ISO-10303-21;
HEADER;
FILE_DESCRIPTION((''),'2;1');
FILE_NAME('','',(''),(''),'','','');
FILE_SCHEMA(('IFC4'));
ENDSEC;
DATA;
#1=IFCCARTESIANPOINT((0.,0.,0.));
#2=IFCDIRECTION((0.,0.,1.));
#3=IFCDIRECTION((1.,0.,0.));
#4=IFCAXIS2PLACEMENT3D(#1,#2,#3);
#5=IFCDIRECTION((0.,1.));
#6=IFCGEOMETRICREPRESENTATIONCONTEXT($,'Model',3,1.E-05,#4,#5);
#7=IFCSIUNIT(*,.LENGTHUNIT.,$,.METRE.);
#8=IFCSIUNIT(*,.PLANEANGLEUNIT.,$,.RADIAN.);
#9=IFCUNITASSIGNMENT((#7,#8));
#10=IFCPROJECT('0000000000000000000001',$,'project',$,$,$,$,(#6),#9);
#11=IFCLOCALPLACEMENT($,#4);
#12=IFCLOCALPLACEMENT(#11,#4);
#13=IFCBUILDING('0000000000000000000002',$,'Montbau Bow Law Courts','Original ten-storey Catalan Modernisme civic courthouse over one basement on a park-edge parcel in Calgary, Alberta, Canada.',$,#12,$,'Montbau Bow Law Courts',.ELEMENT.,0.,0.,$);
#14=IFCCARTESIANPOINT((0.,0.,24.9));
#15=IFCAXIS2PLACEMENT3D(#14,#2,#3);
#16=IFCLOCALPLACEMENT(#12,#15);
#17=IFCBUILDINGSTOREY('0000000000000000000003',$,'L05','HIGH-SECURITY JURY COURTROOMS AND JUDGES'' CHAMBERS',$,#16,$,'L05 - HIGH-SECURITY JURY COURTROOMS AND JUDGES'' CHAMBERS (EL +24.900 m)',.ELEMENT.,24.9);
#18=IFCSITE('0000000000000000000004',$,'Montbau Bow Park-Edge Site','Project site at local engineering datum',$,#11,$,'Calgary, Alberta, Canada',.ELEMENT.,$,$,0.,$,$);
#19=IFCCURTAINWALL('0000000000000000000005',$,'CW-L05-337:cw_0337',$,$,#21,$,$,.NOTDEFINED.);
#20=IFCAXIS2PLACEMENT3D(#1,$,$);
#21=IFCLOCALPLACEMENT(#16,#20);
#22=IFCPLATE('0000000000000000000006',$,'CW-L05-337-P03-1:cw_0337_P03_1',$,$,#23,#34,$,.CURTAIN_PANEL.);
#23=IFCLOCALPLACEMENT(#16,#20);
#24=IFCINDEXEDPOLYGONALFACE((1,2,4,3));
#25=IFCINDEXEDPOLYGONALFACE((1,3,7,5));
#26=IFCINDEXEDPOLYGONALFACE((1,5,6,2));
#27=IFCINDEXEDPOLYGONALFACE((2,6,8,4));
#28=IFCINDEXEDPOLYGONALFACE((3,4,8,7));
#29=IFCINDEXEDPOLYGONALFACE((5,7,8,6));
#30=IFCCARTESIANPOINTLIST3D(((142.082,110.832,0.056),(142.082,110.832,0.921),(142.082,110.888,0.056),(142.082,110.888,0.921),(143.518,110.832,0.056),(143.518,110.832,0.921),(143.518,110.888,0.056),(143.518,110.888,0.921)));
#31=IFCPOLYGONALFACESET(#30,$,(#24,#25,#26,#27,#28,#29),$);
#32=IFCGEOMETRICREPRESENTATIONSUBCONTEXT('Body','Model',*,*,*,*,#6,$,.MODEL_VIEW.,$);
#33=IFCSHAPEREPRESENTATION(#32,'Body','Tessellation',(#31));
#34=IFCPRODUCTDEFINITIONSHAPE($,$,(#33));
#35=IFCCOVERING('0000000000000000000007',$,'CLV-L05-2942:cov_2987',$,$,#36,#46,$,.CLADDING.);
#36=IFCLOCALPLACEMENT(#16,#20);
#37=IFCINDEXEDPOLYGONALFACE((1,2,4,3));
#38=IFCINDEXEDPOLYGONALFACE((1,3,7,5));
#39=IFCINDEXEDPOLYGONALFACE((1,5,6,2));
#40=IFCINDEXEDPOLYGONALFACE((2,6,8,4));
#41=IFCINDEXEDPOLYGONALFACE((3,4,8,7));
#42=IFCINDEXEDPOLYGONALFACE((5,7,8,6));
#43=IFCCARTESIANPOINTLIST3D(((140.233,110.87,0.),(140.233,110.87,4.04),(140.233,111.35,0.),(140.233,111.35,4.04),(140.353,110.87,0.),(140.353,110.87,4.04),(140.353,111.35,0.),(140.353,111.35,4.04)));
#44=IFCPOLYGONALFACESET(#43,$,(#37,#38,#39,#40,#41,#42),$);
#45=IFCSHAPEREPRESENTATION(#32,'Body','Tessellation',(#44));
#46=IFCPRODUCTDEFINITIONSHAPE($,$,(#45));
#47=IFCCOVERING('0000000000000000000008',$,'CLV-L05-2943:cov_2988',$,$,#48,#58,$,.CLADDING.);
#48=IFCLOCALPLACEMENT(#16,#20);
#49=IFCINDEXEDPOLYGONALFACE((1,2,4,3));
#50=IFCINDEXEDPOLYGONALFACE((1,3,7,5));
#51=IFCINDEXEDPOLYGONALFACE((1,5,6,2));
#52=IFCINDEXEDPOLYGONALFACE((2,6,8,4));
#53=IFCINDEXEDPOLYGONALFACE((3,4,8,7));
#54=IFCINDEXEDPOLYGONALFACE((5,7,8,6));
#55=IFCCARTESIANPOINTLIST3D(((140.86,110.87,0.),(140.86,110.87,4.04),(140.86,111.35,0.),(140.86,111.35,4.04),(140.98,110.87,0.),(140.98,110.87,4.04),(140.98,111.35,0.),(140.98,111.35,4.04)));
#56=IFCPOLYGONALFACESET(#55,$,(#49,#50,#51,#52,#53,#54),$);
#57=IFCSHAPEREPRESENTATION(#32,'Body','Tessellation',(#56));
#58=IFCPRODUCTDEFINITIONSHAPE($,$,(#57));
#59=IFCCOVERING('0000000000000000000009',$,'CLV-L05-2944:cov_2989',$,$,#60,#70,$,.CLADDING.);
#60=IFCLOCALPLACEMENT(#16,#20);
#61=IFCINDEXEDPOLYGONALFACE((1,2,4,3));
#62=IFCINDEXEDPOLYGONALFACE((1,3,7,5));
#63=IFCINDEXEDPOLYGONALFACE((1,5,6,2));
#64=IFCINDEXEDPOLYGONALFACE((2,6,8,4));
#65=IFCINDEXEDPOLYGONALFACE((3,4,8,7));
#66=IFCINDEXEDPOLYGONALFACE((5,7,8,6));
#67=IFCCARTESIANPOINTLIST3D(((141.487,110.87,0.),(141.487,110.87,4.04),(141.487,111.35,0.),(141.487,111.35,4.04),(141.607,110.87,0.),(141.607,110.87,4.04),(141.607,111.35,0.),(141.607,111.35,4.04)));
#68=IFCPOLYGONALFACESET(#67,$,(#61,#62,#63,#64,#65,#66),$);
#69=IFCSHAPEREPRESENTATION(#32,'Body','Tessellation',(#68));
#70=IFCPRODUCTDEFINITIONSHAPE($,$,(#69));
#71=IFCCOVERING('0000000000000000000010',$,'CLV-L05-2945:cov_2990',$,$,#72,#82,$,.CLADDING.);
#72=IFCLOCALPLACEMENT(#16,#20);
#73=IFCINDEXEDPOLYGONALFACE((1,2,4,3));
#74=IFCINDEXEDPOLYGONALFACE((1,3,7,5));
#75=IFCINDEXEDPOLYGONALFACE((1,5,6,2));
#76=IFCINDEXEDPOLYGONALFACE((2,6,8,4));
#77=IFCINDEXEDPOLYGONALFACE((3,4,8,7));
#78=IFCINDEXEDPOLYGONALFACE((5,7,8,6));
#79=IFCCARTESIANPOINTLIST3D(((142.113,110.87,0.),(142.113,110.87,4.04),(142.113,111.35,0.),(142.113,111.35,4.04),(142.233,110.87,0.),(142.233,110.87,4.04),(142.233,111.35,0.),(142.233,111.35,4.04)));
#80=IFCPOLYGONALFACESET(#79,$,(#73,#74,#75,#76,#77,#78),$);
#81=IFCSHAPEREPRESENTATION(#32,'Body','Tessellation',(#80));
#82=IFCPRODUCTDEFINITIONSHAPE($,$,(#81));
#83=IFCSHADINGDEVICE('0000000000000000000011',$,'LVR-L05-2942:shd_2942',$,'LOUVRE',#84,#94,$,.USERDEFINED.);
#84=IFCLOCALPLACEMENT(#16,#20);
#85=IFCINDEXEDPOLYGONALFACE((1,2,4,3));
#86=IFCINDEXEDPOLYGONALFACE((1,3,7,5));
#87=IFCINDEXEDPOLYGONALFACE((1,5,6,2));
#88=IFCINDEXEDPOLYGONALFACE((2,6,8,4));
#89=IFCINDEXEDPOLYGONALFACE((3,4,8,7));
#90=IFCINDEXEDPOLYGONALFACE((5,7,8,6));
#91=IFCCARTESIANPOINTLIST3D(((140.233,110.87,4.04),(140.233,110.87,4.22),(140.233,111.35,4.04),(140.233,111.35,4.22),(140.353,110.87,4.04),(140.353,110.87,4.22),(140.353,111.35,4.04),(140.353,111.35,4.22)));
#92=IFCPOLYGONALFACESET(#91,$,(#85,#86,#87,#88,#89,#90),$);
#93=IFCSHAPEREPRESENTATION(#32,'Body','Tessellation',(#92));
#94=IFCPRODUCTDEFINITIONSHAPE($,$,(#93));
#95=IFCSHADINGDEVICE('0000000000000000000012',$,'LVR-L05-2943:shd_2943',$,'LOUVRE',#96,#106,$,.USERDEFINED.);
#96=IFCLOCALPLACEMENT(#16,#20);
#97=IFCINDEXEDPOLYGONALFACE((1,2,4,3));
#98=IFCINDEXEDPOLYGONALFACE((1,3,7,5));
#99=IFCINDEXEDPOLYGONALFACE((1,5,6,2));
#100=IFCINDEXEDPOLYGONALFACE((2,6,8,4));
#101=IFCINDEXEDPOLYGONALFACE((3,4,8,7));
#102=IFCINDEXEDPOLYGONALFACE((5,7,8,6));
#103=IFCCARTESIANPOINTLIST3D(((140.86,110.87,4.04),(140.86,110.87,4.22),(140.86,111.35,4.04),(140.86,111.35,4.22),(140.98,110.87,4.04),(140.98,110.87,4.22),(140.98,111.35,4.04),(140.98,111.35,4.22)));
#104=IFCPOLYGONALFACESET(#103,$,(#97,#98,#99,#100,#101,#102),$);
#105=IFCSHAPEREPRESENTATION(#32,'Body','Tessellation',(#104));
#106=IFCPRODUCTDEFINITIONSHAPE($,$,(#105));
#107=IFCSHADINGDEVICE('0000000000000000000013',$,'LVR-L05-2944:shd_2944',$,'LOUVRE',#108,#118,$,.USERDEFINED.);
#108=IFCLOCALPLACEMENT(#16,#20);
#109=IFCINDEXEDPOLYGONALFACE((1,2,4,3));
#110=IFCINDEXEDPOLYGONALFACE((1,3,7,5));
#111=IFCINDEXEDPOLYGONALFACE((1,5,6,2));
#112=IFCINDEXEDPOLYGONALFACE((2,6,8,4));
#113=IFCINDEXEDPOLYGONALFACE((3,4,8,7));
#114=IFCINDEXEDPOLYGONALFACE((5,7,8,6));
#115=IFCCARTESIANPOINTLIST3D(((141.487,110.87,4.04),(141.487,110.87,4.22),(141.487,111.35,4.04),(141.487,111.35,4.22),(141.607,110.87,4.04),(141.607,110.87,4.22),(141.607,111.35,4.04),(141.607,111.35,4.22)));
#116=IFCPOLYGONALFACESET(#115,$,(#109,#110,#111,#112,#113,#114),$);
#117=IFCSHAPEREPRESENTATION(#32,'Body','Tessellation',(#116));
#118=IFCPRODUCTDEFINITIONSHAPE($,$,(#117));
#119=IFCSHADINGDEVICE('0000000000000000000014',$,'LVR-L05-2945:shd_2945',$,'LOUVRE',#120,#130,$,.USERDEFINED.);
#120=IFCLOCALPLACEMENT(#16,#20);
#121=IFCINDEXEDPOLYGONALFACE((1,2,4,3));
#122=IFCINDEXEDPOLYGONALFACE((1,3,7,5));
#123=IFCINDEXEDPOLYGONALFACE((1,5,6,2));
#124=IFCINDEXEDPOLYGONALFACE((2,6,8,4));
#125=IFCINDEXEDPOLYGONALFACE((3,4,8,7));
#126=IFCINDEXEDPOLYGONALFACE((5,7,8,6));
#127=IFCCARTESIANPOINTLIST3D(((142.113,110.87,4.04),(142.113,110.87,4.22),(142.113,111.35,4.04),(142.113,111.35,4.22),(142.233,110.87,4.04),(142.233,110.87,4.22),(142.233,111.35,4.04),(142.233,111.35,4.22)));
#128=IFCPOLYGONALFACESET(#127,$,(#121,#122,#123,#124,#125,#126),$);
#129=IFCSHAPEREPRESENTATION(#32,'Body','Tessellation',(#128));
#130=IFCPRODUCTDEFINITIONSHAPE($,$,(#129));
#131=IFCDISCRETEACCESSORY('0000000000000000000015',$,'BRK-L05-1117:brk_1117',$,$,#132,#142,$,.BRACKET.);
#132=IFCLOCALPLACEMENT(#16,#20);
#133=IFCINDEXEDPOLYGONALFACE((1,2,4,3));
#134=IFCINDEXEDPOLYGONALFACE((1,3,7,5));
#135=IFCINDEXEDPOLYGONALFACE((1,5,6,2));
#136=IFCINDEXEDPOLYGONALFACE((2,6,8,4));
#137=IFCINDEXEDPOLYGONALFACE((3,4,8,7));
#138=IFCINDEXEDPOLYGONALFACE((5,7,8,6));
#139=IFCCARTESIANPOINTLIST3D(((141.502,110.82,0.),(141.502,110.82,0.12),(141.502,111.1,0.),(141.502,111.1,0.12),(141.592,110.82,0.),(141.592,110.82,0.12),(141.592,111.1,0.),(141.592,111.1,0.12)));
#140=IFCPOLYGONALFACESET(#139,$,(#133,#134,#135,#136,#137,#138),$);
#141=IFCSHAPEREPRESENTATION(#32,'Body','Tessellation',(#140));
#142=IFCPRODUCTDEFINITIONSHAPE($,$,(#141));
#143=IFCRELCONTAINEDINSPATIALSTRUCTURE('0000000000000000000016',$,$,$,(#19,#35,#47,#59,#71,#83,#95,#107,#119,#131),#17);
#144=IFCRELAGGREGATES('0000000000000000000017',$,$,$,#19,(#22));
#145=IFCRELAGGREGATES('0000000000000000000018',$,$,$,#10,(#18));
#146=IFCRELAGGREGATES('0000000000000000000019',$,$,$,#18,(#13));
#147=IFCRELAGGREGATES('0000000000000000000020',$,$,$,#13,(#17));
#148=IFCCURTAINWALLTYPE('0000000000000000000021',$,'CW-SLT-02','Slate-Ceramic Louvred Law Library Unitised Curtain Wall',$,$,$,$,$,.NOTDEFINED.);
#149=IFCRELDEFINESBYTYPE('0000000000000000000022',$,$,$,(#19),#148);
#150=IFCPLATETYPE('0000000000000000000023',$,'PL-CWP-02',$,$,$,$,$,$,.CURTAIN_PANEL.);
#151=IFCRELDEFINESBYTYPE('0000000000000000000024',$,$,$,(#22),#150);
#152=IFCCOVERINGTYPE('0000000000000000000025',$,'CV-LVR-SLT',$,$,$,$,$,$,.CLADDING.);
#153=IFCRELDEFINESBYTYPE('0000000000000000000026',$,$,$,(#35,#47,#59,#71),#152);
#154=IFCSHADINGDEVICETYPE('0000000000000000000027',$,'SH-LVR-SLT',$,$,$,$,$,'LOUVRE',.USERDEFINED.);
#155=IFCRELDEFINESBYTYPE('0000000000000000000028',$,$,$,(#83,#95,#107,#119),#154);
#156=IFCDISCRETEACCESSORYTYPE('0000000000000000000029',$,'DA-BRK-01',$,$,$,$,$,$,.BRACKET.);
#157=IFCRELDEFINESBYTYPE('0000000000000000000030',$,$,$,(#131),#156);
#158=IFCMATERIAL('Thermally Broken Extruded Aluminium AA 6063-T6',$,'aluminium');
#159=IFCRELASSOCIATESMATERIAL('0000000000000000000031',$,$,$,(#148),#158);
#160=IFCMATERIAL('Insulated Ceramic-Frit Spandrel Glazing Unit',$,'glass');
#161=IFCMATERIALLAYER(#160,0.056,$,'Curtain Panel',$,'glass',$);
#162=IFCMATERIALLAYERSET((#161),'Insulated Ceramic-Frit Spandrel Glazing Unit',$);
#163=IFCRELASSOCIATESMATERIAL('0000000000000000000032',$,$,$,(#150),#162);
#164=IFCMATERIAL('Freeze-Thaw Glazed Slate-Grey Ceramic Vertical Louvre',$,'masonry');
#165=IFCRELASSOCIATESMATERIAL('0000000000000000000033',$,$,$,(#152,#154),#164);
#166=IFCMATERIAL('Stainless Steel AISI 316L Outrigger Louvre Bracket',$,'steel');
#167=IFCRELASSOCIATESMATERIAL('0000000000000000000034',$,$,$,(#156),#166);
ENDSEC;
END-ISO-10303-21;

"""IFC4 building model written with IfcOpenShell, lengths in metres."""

from ifc_helpers import new_model, si_unit, direction, frame, frame_2d, origin_with_axes, origin_2d_with_axis, place, context, subcontext, project, spatial, rectangle, extrude, material, layer, layer_set, type_object, element, aggregate, save


model = new_model("IFC4")

# Units and contexts
model_context = context("Model", 3, precision=1e-05, world=origin_with_axes(), true_north=direction((0.0, 1.0)))
body_context = subcontext(model_context, "Body", "Model", "MODEL_VIEW")
ifc_project = project(units=[si_unit("LENGTHUNIT", "METRE"), si_unit("PLANEANGLEUNIT", "RADIAN")], contexts=[model_context])

# Site, building, storey
site_placement = place(None, origin_with_axes())
site = spatial("IfcSite", under=ifc_project, at=site_placement, Name="Montbau Bow Park-Edge Site", Description="Project site at local engineering datum", LongName="Calgary, Alberta, Canada", CompositionType="ELEMENT", RefElevation=0.0)
building_placement = place(site_placement, origin_with_axes())
building = spatial("IfcBuilding", under=site, at=building_placement, Name="Montbau Bow Law Courts", Description="Original ten-storey Catalan Modernisme civic courthouse over one basement on a park-edge parcel in Calgary, Alberta, Canada.", LongName="Montbau Bow Law Courts", CompositionType="ELEMENT", ElevationOfRefHeight=0.0, ElevationOfTerrain=0.0)
storey_placement = place(building_placement, frame((0.0, 0.0, 24.9), z_axis=(0.0, 0.0, 1.0), x_axis=(1.0, 0.0, 0.0)))
storey = spatial("IfcBuildingStorey", under=building, at=storey_placement, Name="L05", Description="HIGH-SECURITY JURY COURTROOMS AND JUDGES' CHAMBERS", LongName="L05 - HIGH-SECURITY JURY COURTROOMS AND JUDGES' CHAMBERS (EL +24.900 m)", CompositionType="ELEMENT", Elevation=24.9)

# Curtain wall, plate
ifc_material_1 = material(Name="Thermally Broken Extruded Aluminium AA 6063-T6", Category="aluminium")
curtain_wall_type = type_object("IfcCurtainWallType", Name="CW-SLT-02", Description="Slate-Ceramic Louvred Law Library Unitised Curtain Wall", PredefinedType="NOTDEFINED", material=ifc_material_1)
curtain_wall_placement = place(None, frame((139.04, 110.86, 24.9), z_axis=(0.0, 0.0, 1.0), x_axis=(1.0, 0.0, 0.0)))
curtain_wall = element("IfcCurtainWall", 1, at=curtain_wall_placement, inside=storey, type_object=curtain_wall_type, Name="CW-L05-337:cw_0337", PredefinedType="NOTDEFINED")
ifc_material_2 = material(Name="Insulated Ceramic-Frit Spandrel Glazing Unit", Category="glass")
ifc_layer_1 = layer(ifc_material_2, 0.056, Name="Curtain Panel", Category="glass")
ifc_layer_set_1 = layer_set([ifc_layer_1], Name="Insulated Ceramic-Frit Spandrel Glazing Unit")
plate_type_1 = type_object("IfcPlateType", Name="PL-CWP-02", PredefinedType="CURTAIN_PANEL", material=ifc_layer_set_1)
plate_1_placement = place(None, frame((142.082, 110.86, 24.956), z_axis=(0.0, -1.0, 0.0), x_axis=(1.0, 0.0, 0.0)))
plate_1 = element("IfcPlate", 2, at=plate_1_placement, type_object=plate_type_1, Name="CW-L05-337-P03-1:cw_0337_P03_1", PredefinedType="CURTAIN_PANEL", context=body_context, shape_type="SweptSolid", body=[
    extrude(rectangle(XDim=1.436, YDim=0.865, at=frame_2d((0.718, 0.4325), x_axis=(1.0, 0.0))), frame((0.0, 0.0, -0.028), z_axis=(0.0, 0.0, 1.0), x_axis=(1.0, 0.0, 0.0)), (0.0, 0.0, 1.0), 0.056),
])
aggregate(curtain_wall, [plate_1])

# Coverings
ifc_material_3 = material(Name="Freeze-Thaw Glazed Slate-Grey Ceramic Vertical Louvre", Category="masonry")
covering_type = type_object("IfcCoveringType", Name="CV-LVR-SLT", PredefinedType="CLADDING", material=ifc_material_3)
for number, where, z_axis, x_axis, name in (
    (3, (140.293, 110.87, 24.9), (1.0, 0.0, 0.0), (0.0, 1.0, 0.0), "CLV-L05-2942:cov_2987"),
    (4, (140.92, 110.87, 24.9), (1.0, 0.0, 0.0), (0.0, 1.0, 0.0), "CLV-L05-2943:cov_2988"),
    (5, (141.547, 110.87, 24.9), (1.0, 0.0, 0.0), (0.0, 1.0, 0.0), "CLV-L05-2944:cov_2989"),
    (6, (142.173, 110.87, 24.9), (1.0, 0.0, 0.0), (0.0, 1.0, 0.0), "CLV-L05-2945:cov_2990"),
):
    element("IfcCovering", number, at=place(None, frame(where, z_axis=z_axis, x_axis=x_axis)), inside=storey, type_object=covering_type, Name=name, PredefinedType="CLADDING", context=body_context, shape_type="SweptSolid", body=[
        extrude(rectangle(XDim=0.48, YDim=4.04, at=frame_2d((0.24, 2.02), x_axis=(1.0, 0.0))), frame((0.0, 0.0, -0.06), z_axis=(0.0, 0.0, 1.0), x_axis=(1.0, 0.0, 0.0)), (0.0, 0.0, 1.0), 0.12),
    ])

# Shading devices
shading_device_type = type_object("IfcShadingDeviceType", Name="SH-LVR-SLT", ElementType="LOUVRE", PredefinedType="USERDEFINED", material=ifc_material_3)
for number, where, z_axis, x_axis, name in (
    (7, (140.293, 111.11, 28.94), (0.0, 0.0, 1.0), (0.0, 1.0, 0.0), "LVR-L05-2942:shd_2942"),
    (8, (140.92, 111.11, 28.94), (0.0, 0.0, 1.0), (0.0, 1.0, 0.0), "LVR-L05-2943:shd_2943"),
    (9, (141.547, 111.11, 28.94), (0.0, 0.0, 1.0), (0.0, 1.0, 0.0), "LVR-L05-2944:shd_2944"),
    (10, (142.173, 111.11, 28.94), (0.0, 0.0, 1.0), (0.0, 1.0, 0.0), "LVR-L05-2945:shd_2945"),
):
    element("IfcShadingDevice", number, at=place(None, frame(where, z_axis=z_axis, x_axis=x_axis)), inside=storey, type_object=shading_device_type, Name=name, ObjectType="LOUVRE", PredefinedType="USERDEFINED", context=body_context, shape_type="SweptSolid", body=[
        extrude(rectangle(XDim=0.48, YDim=0.12, at=origin_2d_with_axis()), origin_with_axes(), (0.0, 0.0, 1.0), 0.18),
    ])

# Discrete accessory
ifc_material_4 = material(Name="Stainless Steel AISI 316L Outrigger Louvre Bracket", Category="steel")
discrete_accessory_type = type_object("IfcDiscreteAccessoryType", Name="DA-BRK-01", PredefinedType="BRACKET", material=ifc_material_4)
discrete_accessory_placement = place(None, frame((141.547, 110.96, 24.9), z_axis=(0.0, 0.0, 1.0), x_axis=(0.0, 1.0, 0.0)))
element("IfcDiscreteAccessory", 11, at=discrete_accessory_placement, inside=storey, type_object=discrete_accessory_type, Name="BRK-L05-1117:brk_1117", PredefinedType="BRACKET", context=body_context, shape_type="SweptSolid", body=[
    extrude(rectangle(XDim=0.28, YDim=0.09, at=origin_2d_with_axis()), origin_with_axes(), (0.0, 0.0, 1.0), 0.12),
])

save(model, "model.ifc")
